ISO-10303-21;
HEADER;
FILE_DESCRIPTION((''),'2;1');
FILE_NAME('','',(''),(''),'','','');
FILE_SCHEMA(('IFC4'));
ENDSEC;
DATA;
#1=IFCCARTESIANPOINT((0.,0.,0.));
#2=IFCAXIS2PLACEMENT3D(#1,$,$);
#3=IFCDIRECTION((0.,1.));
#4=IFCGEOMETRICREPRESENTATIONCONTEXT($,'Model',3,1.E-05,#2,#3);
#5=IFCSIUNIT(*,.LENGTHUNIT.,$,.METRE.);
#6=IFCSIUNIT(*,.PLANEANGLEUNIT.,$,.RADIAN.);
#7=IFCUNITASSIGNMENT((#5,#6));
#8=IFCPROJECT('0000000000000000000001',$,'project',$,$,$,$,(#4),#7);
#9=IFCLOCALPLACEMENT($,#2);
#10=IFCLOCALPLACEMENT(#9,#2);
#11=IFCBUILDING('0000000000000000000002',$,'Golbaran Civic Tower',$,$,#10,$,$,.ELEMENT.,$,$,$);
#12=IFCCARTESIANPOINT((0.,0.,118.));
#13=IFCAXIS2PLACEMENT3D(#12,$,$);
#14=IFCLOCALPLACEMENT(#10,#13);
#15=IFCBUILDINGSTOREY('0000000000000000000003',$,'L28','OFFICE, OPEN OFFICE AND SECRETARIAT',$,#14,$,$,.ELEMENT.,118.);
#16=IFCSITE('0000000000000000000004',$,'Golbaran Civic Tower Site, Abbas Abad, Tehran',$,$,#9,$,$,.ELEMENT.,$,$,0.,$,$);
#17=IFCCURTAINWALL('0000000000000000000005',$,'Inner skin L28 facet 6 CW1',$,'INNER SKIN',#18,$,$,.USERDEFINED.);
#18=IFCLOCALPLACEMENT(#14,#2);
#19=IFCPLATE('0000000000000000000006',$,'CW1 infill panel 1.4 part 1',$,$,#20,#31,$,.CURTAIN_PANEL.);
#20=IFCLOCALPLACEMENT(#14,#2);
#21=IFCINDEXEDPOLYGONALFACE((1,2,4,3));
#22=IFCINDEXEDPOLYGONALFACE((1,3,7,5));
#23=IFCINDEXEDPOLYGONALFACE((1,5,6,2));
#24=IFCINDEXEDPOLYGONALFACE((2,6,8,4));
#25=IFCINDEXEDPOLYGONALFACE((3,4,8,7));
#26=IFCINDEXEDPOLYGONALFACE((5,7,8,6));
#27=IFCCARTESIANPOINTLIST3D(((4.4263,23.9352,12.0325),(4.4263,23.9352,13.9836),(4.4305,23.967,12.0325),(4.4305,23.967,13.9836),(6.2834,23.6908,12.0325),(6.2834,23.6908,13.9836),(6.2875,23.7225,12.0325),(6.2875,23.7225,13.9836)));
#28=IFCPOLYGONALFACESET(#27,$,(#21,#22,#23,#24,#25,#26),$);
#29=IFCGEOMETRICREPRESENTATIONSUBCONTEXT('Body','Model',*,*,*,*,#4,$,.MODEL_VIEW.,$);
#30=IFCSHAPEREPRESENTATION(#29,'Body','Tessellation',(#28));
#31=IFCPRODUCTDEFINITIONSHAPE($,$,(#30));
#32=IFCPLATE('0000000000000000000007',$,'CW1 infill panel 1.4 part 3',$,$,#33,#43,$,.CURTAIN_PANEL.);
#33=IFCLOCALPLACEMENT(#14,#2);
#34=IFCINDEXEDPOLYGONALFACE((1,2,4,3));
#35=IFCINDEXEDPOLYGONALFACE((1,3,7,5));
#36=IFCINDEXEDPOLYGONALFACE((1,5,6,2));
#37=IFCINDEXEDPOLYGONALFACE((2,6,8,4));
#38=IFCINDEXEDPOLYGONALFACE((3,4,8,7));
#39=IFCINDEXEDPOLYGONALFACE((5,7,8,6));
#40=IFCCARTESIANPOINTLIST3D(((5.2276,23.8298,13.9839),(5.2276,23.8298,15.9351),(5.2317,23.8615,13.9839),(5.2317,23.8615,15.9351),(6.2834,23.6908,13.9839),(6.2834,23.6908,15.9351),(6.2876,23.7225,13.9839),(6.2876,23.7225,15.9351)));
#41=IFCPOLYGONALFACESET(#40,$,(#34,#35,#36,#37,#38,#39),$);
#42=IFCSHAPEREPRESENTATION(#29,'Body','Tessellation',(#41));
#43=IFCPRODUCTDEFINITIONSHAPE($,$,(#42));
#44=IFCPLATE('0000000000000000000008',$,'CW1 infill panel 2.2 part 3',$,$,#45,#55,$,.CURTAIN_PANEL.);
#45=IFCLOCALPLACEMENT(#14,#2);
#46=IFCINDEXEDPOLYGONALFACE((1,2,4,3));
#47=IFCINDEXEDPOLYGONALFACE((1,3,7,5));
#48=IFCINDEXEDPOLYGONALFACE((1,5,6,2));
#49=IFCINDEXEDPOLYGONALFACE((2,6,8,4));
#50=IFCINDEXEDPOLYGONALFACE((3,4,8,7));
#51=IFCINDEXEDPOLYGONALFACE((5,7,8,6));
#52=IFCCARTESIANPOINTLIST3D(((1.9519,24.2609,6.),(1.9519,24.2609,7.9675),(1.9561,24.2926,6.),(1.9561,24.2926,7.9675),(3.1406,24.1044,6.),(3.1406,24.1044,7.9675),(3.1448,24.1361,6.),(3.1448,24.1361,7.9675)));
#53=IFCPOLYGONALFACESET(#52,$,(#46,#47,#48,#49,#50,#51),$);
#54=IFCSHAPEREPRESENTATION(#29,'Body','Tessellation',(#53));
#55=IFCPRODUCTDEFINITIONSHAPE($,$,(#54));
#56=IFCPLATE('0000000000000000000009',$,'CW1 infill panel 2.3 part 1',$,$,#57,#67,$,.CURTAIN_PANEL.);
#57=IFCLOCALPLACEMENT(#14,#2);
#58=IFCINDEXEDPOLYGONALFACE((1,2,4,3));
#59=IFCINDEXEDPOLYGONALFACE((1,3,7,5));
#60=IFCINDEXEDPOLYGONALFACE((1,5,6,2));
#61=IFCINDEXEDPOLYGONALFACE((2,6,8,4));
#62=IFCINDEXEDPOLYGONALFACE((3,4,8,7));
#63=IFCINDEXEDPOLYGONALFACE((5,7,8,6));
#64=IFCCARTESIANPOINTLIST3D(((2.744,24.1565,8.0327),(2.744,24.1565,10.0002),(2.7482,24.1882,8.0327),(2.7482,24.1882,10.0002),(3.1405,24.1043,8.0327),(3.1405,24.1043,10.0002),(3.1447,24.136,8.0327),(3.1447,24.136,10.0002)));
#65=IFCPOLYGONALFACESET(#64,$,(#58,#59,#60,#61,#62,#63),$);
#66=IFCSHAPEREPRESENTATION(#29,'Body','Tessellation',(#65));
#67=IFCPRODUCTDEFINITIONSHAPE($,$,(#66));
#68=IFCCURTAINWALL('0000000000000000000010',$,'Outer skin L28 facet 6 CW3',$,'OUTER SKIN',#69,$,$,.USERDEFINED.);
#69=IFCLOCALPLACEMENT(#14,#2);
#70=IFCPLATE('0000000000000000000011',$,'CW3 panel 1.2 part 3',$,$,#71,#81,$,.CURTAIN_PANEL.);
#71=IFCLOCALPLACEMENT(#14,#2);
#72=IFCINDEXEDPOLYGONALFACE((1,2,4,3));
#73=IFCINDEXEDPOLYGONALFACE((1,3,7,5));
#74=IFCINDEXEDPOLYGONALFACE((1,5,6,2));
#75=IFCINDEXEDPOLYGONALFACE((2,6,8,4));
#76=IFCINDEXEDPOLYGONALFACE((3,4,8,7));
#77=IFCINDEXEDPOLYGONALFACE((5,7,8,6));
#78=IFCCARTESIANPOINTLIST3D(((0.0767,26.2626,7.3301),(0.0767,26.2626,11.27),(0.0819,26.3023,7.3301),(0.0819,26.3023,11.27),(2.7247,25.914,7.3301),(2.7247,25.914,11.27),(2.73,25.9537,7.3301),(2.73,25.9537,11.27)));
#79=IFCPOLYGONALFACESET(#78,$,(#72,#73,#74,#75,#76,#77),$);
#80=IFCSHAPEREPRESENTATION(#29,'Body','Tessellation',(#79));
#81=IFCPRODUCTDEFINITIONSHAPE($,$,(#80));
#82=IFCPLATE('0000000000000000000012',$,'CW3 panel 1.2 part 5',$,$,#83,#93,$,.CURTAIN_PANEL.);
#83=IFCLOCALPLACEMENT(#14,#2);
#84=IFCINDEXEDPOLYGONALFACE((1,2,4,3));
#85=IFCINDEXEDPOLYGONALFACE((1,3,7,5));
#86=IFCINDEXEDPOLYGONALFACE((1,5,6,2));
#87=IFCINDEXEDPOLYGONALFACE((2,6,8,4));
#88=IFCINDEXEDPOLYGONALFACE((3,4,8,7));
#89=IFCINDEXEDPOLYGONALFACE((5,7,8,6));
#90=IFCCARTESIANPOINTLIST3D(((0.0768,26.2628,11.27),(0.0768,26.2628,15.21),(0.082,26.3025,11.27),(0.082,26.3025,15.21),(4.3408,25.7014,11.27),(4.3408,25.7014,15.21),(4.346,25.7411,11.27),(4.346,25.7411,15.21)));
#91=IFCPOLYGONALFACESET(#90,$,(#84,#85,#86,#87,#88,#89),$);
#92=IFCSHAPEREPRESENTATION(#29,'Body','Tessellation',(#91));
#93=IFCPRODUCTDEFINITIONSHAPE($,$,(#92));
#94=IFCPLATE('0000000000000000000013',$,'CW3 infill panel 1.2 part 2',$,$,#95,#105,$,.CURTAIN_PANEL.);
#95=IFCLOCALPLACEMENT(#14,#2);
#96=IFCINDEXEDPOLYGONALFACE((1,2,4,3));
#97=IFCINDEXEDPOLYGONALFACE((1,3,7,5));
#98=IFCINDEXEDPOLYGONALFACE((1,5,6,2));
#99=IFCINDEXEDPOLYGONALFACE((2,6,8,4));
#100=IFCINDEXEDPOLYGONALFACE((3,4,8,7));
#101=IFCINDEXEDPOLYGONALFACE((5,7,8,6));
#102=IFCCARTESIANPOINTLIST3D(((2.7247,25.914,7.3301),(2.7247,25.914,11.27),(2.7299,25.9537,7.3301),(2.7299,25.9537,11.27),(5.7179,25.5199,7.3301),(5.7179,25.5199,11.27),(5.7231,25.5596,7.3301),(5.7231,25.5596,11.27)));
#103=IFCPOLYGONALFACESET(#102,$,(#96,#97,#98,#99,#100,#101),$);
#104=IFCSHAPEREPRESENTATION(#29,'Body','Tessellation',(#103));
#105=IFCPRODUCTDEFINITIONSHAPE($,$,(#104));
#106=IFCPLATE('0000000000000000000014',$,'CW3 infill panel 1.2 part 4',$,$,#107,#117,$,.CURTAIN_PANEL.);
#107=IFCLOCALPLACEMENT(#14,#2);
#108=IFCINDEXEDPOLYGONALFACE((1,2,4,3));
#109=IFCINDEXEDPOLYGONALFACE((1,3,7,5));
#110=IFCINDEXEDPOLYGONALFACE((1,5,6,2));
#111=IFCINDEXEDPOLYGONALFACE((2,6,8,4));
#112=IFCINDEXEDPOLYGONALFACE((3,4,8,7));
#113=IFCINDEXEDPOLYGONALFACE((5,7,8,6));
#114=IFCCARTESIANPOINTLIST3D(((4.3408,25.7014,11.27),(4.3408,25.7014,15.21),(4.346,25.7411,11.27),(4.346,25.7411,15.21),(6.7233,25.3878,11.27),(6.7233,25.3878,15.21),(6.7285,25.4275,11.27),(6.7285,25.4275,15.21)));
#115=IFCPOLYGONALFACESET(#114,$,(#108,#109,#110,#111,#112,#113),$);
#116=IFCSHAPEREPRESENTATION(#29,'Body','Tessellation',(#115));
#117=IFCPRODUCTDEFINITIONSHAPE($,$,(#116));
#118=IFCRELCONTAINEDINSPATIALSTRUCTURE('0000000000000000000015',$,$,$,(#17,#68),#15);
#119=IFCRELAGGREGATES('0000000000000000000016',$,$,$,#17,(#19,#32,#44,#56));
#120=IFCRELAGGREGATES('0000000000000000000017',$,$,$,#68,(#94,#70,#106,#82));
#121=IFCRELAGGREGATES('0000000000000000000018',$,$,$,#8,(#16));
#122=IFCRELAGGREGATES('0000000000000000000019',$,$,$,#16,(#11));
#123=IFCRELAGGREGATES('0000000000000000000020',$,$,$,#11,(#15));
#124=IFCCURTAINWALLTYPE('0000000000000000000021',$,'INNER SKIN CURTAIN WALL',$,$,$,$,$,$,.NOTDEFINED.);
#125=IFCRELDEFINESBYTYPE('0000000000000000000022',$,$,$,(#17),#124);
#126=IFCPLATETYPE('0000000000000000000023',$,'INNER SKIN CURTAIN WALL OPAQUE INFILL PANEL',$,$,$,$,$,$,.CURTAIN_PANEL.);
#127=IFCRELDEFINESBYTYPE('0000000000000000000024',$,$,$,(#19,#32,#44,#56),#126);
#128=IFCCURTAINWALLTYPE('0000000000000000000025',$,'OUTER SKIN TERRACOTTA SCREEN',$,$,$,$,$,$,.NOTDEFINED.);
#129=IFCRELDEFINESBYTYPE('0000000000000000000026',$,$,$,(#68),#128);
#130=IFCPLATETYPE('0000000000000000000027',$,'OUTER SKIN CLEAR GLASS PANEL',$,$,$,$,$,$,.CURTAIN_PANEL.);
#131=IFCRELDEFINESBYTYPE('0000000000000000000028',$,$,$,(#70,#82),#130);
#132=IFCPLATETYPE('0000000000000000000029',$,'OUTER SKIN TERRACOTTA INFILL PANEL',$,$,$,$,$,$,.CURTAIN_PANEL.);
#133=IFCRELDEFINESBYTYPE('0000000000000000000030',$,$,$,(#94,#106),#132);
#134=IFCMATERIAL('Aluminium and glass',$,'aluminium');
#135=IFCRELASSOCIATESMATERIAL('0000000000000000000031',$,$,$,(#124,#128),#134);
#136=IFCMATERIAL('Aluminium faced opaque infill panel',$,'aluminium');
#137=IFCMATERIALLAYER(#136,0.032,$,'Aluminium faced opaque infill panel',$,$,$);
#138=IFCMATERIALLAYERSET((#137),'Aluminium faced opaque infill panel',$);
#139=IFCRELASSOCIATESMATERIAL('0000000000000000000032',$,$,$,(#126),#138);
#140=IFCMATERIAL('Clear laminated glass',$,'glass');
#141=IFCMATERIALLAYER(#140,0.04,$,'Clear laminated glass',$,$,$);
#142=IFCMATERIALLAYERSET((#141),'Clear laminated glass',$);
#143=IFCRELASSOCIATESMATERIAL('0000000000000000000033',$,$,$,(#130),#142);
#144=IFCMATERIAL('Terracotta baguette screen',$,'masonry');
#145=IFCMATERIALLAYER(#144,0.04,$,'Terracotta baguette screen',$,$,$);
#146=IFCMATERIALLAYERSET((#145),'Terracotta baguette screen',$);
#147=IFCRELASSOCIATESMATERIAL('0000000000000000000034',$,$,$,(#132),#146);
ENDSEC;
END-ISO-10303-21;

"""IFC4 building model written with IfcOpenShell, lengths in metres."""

from ifc_helpers import new_model, si_unit, direction, frame, origin, origin_2d, place, context, subcontext, project, spatial, rectangle, extrude, material, layer, layer_set, type_object, element, aggregate, save


model = new_model("IFC4")

# Units and contexts
model_context = context("Model", 3, precision=1e-05, world=origin(), true_north=direction((0.0, 1.0)))
body_context = subcontext(model_context, "Body", "Model", "MODEL_VIEW")
ifc_project = project(units=[si_unit("LENGTHUNIT", "METRE"), si_unit("PLANEANGLEUNIT", "RADIAN")], contexts=[model_context])

# Site, building, storey
site_placement = place(None, origin())
site = spatial("IfcSite", under=ifc_project, at=site_placement, Name="Golbaran Civic Tower Site, Abbas Abad, Tehran", CompositionType="ELEMENT", RefElevation=0.0)
building_placement = place(site_placement, origin())
building = spatial("IfcBuilding", under=site, at=building_placement, Name="Golbaran Civic Tower", CompositionType="ELEMENT")
storey_placement = place(building_placement, frame((0.0, 0.0, 118.0)))
storey = spatial("IfcBuildingStorey", under=building, at=storey_placement, Name="L28", Description="OFFICE, OPEN OFFICE AND SECRETARIAT", CompositionType="ELEMENT", Elevation=118.0)

# Curtain wall, plates
ifc_material_1 = material(Name="Aluminium and glass", Category="aluminium")
curtain_wall_type_1 = type_object("IfcCurtainWallType", Name="INNER SKIN CURTAIN WALL", PredefinedType="NOTDEFINED", material=ifc_material_1)
curtain_wall_1_placement = place(storey_placement, origin())
curtain_wall_1 = element("IfcCurtainWall", 1, at=curtain_wall_1_placement, inside=storey, type_object=curtain_wall_type_1, Name="Inner skin L28 facet 6 CW1", ObjectType="INNER SKIN", PredefinedType="USERDEFINED")
ifc_material_2 = material(Name="Aluminium faced opaque infill panel", Category="aluminium")
ifc_layer_1 = layer(ifc_material_2, 0.032, Name="Aluminium faced opaque infill panel")
ifc_layer_set_1 = layer_set([ifc_layer_1], Name="Aluminium faced opaque infill panel")
plate_type_1 = type_object("IfcPlateType", Name="INNER SKIN CURTAIN WALL OPAQUE INFILL PANEL", PredefinedType="CURTAIN_PANEL", material=ifc_layer_set_1)
plate_1_placement = place(storey_placement, frame((5.3569, 23.8289, 12.0325), z_axis=(0.0, 0.0, 1.0), x_axis=(-0.991445, 0.130526, 0.0)))
plate_1 = element("IfcPlate", 2, at=plate_1_placement, type_object=plate_type_1, Name="CW1 infill panel 1.4 part 1", PredefinedType="CURTAIN_PANEL", context=body_context, shape_type="SweptSolid", body=[
    extrude(rectangle(XDim=1.873, YDim=0.032, at=origin_2d()), origin(), (0.0, 0.0, 1.0), 1.9512),
])
plate_2_placement = place(storey_placement, frame((5.7576, 23.7761, 13.9839), z_axis=(0.0, 0.0, 1.0), x_axis=(-0.991445, 0.130526, 0.0)))
plate_2 = element("IfcPlate", 3, at=plate_2_placement, type_object=plate_type_1, Name="CW1 infill panel 1.4 part 3", PredefinedType="CURTAIN_PANEL", context=body_context, shape_type="SweptSolid", body=[
    extrude(rectangle(XDim=1.0649, YDim=0.032, at=origin_2d()), origin(), (0.0, 0.0, 1.0), 1.9512),
])
plate_3_placement = place(storey_placement, frame((2.5483, 24.1985, 6.0), z_axis=(0.0, 0.0, 1.0), x_axis=(-0.991445, 0.130526, 0.0)))
plate_3 = element("IfcPlate", 4, at=plate_3_placement, type_object=plate_type_1, Name="CW1 infill panel 2.2 part 3", PredefinedType="CURTAIN_PANEL", context=body_context, shape_type="SweptSolid", body=[
    extrude(rectangle(XDim=1.199, YDim=0.032, at=origin_2d()), origin(), (0.0, 0.0, 1.0), 1.9675),
])
plate_4_placement = place(storey_placement, frame((2.9443, 24.1462, 8.0327), z_axis=(0.0, 0.0, 1.0), x_axis=(-0.991445, 0.130526, 0.0)))
plate_4 = element("IfcPlate", 5, at=plate_4_placement, type_object=plate_type_1, Name="CW1 infill panel 2.3 part 1", PredefinedType="CURTAIN_PANEL", context=body_context, shape_type="SweptSolid", body=[
    extrude(rectangle(XDim=0.3999, YDim=0.032, at=origin_2d()), origin(), (0.0, 0.0, 1.0), 1.9675),
])
aggregate(curtain_wall_1, [plate_1, plate_2, plate_3, plate_4])

# Curtain wall, plates
curtain_wall_type_2 = type_object("IfcCurtainWallType", Name="OUTER SKIN TERRACOTTA SCREEN", PredefinedType="NOTDEFINED", material=ifc_material_1)
curtain_wall_2_placement = place(storey_placement, origin())
curtain_wall_2 = element("IfcCurtainWall", 6, at=curtain_wall_2_placement, inside=storey, type_object=curtain_wall_type_2, Name="Outer skin L28 facet 6 CW3", ObjectType="OUTER SKIN", PredefinedType="USERDEFINED")
ifc_material_3 = material(Name="Clear laminated glass", Category="glass")
ifc_layer_2 = layer(ifc_material_3, 0.04, Name="Clear laminated glass")
ifc_layer_set_2 = layer_set([ifc_layer_2], Name="Clear laminated glass")
plate_type_2 = type_object("IfcPlateType", Name="OUTER SKIN CLEAR GLASS PANEL", PredefinedType="CURTAIN_PANEL", material=ifc_layer_set_2)
plate_5_placement = place(storey_placement, frame((1.4033, 26.1082, 7.3301), z_axis=(0.0, 0.0, 1.0), x_axis=(-0.991445, 0.130526, 0.0)))
plate_5 = element("IfcPlate", 7, at=plate_5_placement, type_object=plate_type_2, Name="CW3 panel 1.2 part 3", PredefinedType="CURTAIN_PANEL", context=body_context, shape_type="SweptSolid", body=[
    extrude(rectangle(XDim=2.6709, YDim=0.04, at=origin_2d()), origin(), (0.0, 0.0, 1.0), 3.9399),
])
plate_6_placement = place(storey_placement, frame((2.2114, 26.002, 11.27), z_axis=(0.0, 0.0, 1.0), x_axis=(-0.991445, 0.130526, 0.0)))
plate_6 = element("IfcPlate", 8, at=plate_6_placement, type_object=plate_type_2, Name="CW3 panel 1.2 part 5", PredefinedType="CURTAIN_PANEL", context=body_context, shape_type="SweptSolid", body=[
    extrude(rectangle(XDim=4.3008, YDim=0.04, at=origin_2d()), origin(), (0.0, 0.0, 1.0), 3.9399),
])
ifc_material_4 = material(Name="Terracotta baguette screen", Category="masonry")
ifc_layer_3 = layer(ifc_material_4, 0.04, Name="Terracotta baguette screen")
ifc_layer_set_3 = layer_set([ifc_layer_3], Name="Terracotta baguette screen")
plate_type_3 = type_object("IfcPlateType", Name="OUTER SKIN TERRACOTTA INFILL PANEL", PredefinedType="CURTAIN_PANEL", material=ifc_layer_set_3)
plate_7_placement = place(storey_placement, frame((4.2239, 25.7368, 7.3301), z_axis=(0.0, 0.0, 1.0), x_axis=(-0.991445, 0.130526, 0.0)))
plate_7 = element("IfcPlate", 9, at=plate_7_placement, type_object=plate_type_3, Name="CW3 infill panel 1.2 part 2", PredefinedType="CURTAIN_PANEL", context=body_context, shape_type="SweptSolid", body=[
    extrude(rectangle(XDim=3.019, YDim=0.04, at=origin_2d()), origin(), (0.0, 0.0, 1.0), 3.9399),
])
plate_8_placement = place(storey_placement, frame((5.5347, 25.5645, 11.27), z_axis=(0.0, 0.0, 1.0), x_axis=(-0.991445, 0.130526, 0.0)))
plate_8 = element("IfcPlate", 10, at=plate_8_placement, type_object=plate_type_3, Name="CW3 infill panel 1.2 part 4", PredefinedType="CURTAIN_PANEL", context=body_context, shape_type="SweptSolid", body=[
    extrude(rectangle(XDim=2.4031, YDim=0.04, at=origin_2d()), origin(), (0.0, 0.0, 1.0), 3.9399),
])
aggregate(curtain_wall_2, [plate_7, plate_5, plate_8, plate_6])

save(model, "model.ifc")
